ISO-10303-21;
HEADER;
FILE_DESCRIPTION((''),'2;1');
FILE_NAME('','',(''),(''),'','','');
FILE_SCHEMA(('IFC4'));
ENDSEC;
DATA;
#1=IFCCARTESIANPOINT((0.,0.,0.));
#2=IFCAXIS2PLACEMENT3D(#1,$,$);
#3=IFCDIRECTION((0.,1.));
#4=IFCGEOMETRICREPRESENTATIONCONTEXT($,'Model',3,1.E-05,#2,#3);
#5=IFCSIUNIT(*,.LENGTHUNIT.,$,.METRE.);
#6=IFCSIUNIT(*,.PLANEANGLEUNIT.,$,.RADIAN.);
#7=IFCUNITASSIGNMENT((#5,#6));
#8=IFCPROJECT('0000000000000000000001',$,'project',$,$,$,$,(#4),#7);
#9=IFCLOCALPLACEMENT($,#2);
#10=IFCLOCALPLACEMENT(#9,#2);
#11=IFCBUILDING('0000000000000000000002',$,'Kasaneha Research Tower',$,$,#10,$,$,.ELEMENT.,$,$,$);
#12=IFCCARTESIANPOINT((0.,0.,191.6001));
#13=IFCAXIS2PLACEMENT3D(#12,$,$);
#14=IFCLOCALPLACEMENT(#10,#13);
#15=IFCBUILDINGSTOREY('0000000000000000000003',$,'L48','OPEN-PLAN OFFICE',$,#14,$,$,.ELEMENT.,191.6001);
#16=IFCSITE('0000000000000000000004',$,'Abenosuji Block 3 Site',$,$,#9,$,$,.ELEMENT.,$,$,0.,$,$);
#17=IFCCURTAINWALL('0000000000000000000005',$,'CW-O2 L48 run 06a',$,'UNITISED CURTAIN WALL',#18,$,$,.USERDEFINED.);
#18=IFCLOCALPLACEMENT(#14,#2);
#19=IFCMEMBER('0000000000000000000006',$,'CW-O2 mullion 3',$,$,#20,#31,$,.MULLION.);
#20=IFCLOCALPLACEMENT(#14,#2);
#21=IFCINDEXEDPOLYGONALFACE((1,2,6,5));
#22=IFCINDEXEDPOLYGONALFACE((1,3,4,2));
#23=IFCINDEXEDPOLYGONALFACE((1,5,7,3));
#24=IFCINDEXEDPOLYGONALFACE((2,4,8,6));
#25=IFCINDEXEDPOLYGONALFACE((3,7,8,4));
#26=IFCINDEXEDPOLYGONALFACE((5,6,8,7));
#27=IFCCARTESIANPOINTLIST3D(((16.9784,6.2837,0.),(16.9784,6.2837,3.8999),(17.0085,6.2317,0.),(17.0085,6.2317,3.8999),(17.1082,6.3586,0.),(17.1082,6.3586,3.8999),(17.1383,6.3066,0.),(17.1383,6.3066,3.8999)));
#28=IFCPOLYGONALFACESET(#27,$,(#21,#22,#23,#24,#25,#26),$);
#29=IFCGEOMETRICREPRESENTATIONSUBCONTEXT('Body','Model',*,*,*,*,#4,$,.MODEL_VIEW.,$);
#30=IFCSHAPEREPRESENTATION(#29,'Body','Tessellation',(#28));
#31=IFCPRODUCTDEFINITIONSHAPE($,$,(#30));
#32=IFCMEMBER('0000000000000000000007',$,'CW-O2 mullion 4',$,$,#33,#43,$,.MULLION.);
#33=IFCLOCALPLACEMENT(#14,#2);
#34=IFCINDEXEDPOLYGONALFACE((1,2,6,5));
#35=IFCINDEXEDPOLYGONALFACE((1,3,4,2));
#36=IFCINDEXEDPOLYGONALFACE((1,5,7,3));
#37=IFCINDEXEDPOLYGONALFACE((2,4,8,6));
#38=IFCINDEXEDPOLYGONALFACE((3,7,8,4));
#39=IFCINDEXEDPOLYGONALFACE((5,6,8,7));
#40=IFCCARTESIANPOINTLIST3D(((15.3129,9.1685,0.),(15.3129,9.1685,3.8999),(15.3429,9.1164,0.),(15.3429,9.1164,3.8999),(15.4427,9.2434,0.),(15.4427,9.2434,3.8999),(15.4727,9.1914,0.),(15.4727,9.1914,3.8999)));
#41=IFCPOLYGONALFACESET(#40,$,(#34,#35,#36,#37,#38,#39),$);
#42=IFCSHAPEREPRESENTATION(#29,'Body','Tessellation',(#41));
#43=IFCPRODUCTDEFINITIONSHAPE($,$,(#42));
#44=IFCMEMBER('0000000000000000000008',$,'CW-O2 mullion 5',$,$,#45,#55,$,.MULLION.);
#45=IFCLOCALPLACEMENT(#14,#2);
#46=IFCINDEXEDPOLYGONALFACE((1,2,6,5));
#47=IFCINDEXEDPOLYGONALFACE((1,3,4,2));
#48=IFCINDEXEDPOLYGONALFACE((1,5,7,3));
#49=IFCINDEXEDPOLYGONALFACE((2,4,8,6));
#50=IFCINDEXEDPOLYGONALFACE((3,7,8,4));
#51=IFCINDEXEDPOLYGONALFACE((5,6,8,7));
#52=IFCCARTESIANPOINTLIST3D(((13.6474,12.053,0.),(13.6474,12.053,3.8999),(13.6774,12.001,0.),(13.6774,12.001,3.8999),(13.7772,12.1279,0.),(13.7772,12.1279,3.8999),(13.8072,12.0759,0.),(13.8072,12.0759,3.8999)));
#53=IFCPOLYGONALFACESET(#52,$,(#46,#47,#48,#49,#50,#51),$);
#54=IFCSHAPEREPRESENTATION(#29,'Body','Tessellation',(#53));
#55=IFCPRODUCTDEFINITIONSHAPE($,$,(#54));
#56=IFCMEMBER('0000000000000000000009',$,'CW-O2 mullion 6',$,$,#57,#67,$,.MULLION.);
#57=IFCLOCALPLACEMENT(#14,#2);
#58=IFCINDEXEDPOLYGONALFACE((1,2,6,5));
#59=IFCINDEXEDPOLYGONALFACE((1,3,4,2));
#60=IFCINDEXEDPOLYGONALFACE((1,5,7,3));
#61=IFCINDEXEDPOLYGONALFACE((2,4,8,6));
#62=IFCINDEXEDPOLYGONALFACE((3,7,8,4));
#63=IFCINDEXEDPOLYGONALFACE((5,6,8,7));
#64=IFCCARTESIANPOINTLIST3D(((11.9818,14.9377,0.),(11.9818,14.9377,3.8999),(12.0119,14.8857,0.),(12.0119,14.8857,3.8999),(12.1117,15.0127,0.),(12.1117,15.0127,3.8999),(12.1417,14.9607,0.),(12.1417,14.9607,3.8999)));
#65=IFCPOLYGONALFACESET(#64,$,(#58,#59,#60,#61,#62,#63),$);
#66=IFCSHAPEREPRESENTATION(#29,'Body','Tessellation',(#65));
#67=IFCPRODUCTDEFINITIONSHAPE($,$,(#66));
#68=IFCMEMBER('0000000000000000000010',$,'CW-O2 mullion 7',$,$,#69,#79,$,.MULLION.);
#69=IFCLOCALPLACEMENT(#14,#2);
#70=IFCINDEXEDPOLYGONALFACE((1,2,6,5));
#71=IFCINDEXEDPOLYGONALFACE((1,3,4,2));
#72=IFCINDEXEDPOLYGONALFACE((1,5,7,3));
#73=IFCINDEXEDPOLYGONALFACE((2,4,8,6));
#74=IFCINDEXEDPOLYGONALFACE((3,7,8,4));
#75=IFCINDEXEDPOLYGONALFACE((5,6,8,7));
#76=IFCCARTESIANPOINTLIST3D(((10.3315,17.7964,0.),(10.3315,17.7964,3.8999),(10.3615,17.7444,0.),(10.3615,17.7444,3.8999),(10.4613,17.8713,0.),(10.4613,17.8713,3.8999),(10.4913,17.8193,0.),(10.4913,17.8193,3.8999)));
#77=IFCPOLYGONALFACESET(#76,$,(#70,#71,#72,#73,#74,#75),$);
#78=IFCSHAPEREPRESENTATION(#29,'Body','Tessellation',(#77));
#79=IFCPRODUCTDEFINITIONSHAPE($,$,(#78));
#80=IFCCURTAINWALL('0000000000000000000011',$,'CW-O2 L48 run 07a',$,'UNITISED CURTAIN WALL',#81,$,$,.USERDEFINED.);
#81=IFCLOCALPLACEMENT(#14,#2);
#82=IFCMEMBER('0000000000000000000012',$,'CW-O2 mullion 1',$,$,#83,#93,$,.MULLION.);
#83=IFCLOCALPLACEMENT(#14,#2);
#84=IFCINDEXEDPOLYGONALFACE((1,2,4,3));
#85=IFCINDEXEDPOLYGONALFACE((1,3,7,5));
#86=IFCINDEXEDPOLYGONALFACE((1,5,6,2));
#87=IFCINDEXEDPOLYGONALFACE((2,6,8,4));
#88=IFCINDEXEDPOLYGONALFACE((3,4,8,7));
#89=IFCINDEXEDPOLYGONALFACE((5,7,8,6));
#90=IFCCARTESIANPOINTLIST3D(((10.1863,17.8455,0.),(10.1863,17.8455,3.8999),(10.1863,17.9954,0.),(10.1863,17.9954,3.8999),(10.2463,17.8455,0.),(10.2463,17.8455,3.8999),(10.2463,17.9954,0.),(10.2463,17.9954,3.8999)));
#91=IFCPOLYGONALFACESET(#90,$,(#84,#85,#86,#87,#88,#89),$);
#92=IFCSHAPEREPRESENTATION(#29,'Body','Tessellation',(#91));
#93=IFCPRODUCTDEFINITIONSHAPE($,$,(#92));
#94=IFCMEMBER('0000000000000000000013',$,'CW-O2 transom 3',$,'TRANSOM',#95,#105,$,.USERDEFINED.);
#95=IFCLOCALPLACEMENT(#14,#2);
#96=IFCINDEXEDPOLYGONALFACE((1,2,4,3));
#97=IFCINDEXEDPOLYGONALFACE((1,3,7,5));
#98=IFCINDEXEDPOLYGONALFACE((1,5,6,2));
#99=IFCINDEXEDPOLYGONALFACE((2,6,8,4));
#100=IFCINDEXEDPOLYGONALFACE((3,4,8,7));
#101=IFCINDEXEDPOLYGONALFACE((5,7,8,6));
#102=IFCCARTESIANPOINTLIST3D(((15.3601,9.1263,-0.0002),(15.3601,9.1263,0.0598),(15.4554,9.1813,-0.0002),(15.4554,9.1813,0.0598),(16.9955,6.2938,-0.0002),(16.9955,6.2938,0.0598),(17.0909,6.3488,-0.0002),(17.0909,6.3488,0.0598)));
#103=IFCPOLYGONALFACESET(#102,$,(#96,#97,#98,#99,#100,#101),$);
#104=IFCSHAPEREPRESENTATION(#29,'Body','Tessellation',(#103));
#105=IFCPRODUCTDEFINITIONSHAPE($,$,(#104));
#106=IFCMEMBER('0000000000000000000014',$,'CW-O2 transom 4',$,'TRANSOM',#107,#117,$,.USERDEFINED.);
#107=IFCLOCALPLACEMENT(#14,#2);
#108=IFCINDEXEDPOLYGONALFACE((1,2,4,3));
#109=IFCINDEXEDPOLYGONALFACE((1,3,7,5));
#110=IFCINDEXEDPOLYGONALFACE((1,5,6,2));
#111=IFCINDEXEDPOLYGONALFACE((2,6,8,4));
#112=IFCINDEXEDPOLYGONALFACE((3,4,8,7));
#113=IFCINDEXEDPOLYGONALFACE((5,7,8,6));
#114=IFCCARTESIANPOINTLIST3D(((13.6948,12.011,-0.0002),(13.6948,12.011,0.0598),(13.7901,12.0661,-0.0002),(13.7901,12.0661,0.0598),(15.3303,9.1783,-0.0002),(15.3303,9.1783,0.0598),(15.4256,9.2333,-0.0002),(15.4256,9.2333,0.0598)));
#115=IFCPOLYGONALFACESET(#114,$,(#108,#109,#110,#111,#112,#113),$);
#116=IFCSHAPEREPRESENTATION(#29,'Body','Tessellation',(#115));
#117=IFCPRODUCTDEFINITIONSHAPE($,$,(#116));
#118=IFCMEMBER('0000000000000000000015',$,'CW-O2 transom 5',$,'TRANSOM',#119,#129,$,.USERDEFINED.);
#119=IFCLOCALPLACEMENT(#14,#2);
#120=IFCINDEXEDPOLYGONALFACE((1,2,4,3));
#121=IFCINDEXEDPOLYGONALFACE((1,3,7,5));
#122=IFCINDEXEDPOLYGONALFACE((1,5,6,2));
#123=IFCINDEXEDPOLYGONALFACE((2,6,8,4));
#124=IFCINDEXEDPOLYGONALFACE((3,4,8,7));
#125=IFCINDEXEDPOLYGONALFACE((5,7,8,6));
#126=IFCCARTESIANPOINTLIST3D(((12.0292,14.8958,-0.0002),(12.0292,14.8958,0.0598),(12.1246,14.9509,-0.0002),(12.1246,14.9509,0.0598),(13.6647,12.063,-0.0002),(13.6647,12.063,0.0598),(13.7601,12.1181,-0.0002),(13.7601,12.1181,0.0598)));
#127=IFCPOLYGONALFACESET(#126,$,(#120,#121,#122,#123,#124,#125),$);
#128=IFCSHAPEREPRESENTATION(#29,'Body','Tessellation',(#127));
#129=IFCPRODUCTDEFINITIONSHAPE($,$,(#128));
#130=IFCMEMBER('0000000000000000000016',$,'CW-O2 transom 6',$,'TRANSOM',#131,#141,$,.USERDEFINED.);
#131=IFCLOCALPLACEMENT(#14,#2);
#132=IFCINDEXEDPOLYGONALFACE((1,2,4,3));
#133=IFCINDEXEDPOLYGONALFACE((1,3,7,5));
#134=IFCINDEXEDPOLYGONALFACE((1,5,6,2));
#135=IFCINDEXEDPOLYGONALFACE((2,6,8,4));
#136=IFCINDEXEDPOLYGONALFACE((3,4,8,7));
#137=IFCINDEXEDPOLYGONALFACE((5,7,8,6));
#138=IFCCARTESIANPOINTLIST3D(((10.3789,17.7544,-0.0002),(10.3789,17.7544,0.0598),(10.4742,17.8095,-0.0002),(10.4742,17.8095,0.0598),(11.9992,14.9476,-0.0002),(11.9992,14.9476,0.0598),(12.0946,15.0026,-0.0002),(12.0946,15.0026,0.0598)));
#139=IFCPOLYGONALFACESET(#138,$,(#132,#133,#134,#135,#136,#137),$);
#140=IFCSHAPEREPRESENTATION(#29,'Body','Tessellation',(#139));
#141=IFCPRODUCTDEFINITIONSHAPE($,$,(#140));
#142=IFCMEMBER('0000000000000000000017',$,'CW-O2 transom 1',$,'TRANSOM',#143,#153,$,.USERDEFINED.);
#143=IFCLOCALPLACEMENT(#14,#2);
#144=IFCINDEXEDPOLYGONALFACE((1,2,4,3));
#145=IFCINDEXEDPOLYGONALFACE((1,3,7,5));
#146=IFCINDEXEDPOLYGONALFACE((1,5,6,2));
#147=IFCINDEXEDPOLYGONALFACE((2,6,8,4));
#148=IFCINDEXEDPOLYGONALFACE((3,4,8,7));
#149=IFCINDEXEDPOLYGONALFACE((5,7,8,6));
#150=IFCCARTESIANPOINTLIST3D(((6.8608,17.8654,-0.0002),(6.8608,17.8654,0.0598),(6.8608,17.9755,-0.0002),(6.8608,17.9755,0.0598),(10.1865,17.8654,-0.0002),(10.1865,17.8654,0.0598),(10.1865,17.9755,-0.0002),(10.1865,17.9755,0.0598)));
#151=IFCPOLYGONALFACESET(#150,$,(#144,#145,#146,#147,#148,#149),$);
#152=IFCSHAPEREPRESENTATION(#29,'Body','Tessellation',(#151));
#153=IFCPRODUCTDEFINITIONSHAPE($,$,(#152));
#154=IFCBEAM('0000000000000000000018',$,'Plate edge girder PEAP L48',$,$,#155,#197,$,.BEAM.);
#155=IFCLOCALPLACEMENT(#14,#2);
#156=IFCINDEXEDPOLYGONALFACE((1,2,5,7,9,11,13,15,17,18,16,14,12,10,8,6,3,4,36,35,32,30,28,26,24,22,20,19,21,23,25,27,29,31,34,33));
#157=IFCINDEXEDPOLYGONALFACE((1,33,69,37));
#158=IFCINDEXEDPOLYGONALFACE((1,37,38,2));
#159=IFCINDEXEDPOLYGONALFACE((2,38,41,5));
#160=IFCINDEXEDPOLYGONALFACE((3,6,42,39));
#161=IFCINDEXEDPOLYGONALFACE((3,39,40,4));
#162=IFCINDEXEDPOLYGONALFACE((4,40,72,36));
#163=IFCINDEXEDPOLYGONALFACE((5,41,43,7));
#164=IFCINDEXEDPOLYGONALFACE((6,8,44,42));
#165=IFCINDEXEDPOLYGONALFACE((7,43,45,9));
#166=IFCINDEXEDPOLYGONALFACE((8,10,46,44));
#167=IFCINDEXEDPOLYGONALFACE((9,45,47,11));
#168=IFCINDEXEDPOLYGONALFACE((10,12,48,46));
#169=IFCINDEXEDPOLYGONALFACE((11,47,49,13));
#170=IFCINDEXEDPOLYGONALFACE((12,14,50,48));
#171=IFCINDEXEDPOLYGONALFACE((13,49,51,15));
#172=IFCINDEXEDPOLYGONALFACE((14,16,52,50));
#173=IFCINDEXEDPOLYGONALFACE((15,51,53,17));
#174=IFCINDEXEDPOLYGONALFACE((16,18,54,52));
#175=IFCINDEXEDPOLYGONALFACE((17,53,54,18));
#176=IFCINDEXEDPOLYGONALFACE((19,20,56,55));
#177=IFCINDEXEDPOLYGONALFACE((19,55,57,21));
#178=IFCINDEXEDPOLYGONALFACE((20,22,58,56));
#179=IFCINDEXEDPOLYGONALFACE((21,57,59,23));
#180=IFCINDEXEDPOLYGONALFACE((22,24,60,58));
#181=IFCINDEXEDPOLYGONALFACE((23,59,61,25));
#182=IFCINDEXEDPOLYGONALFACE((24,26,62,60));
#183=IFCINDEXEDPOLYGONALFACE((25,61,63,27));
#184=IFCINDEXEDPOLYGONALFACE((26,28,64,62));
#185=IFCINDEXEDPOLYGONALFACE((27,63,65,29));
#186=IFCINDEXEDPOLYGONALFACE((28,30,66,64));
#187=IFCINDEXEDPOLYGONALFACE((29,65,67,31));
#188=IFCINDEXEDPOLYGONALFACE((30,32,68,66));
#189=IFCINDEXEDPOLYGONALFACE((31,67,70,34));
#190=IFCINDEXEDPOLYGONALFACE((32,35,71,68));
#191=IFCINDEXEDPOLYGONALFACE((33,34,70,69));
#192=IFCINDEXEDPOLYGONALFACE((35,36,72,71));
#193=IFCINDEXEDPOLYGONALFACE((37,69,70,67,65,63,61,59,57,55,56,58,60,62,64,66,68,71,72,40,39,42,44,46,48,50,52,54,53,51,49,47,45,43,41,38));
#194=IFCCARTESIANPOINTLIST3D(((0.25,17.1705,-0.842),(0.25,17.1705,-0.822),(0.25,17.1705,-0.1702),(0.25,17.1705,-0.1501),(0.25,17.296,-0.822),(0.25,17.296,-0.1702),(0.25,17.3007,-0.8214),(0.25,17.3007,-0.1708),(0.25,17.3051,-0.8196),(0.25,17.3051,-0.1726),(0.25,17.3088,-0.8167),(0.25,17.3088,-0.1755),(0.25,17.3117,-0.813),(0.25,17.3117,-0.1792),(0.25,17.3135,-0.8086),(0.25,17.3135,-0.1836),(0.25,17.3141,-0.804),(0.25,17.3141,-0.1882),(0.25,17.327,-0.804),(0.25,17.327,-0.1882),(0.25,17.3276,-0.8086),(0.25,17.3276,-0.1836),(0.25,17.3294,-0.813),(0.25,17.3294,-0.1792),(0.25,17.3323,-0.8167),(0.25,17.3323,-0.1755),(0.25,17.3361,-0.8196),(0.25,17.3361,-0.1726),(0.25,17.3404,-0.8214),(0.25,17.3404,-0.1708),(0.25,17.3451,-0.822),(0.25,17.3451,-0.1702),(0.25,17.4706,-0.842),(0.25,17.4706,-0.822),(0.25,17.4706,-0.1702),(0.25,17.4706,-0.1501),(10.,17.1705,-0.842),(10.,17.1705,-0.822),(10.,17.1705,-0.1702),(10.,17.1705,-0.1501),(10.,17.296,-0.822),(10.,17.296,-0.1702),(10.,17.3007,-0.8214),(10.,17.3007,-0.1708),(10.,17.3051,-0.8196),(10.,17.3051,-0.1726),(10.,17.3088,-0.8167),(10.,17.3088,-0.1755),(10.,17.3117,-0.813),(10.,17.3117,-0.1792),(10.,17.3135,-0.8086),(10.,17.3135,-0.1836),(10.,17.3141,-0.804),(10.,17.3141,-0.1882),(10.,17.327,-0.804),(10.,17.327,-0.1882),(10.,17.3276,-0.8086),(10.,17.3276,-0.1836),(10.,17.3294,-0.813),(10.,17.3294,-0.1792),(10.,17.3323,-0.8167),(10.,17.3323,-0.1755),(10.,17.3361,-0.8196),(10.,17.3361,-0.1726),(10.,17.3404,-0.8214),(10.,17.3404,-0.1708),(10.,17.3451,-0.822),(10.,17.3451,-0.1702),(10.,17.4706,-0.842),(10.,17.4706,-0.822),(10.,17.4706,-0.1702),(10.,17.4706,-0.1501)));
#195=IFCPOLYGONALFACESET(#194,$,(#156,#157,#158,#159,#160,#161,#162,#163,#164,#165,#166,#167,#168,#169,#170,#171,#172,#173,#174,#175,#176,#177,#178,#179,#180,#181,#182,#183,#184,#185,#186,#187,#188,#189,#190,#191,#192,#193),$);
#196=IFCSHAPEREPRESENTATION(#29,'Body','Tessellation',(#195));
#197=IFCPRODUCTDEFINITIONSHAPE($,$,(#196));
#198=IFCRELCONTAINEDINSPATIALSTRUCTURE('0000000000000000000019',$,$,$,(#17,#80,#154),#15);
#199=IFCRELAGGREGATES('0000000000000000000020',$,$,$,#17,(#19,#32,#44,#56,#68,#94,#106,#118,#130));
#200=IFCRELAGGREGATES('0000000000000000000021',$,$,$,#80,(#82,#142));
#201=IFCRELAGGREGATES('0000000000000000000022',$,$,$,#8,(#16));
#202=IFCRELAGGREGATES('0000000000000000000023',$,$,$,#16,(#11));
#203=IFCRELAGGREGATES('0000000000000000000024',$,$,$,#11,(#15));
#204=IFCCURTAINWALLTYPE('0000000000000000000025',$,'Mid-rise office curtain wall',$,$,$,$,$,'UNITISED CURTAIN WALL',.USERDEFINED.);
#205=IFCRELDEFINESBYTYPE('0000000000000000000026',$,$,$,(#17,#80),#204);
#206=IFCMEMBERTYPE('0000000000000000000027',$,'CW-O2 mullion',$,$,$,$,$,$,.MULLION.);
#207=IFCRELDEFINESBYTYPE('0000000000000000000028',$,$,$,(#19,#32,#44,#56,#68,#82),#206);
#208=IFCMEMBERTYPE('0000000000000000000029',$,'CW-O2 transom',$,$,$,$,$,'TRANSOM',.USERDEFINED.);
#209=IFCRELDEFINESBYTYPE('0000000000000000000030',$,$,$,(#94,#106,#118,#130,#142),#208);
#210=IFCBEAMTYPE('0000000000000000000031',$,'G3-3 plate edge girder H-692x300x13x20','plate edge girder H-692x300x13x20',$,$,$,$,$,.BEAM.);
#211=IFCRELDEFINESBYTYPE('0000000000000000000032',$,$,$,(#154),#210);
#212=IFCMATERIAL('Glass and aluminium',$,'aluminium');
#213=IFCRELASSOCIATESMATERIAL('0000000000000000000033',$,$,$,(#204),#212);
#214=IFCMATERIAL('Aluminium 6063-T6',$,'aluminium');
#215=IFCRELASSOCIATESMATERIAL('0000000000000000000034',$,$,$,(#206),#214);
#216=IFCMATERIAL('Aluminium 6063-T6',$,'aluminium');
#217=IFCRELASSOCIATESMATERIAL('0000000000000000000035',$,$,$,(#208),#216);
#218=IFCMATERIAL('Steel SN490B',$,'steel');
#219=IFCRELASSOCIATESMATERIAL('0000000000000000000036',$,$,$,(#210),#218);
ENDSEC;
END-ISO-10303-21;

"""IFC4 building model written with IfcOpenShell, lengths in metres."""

from ifc_helpers import new_model, si_unit, direction, frame, origin, origin_2d, place, context, subcontext, project, spatial, rectangle, i_section, extrude, material, material_profile, profile_set, type_object, element, aggregate, save


model = new_model("IFC4")

# Units and contexts
model_context = context("Model", 3, precision=1e-05, world=origin(), true_north=direction((0.0, 1.0)))
body_context = subcontext(model_context, "Body", "Model", "MODEL_VIEW")
ifc_project = project(units=[si_unit("LENGTHUNIT", "METRE"), si_unit("PLANEANGLEUNIT", "RADIAN")], contexts=[model_context])

# Site, building, storey
site_placement = place(None, origin())
site = spatial("IfcSite", under=ifc_project, at=site_placement, Name="Abenosuji Block 3 Site", CompositionType="ELEMENT", RefElevation=0.0)
building_placement = place(site_placement, origin())
building = spatial("IfcBuilding", under=site, at=building_placement, Name="Kasaneha Research Tower", CompositionType="ELEMENT")
storey_placement = place(building_placement, frame((0.0, 0.0, 191.6001)))
storey = spatial("IfcBuildingStorey", under=building, at=storey_placement, Name="L48", Description="OPEN-PLAN OFFICE", CompositionType="ELEMENT", Elevation=191.6001)

# Curtain wall, members
ifc_material_1 = material(Name="Glass and aluminium", Category="aluminium")
curtain_wall_type = type_object("IfcCurtainWallType", Name="Mid-rise office curtain wall", ElementType="UNITISED CURTAIN WALL", PredefinedType="USERDEFINED", material=ifc_material_1)
curtain_wall_1_placement = place(storey_placement, origin())
curtain_wall_1 = element("IfcCurtainWall", 1, at=curtain_wall_1_placement, inside=storey, type_object=curtain_wall_type, Name="CW-O2 L48 run 06a", ObjectType="UNITISED CURTAIN WALL", PredefinedType="USERDEFINED")
ifc_material_2 = material(Name="Aluminium 6063-T6", Category="aluminium")
ifc_material_profile_1 = material_profile(ifc_material_2, rectangle(XDim=0.0601, YDim=0.1499, at=origin_2d()), Name="CW-O2 mullion 60x150")
ifc_profile_set_1 = profile_set([ifc_material_profile_1], Name="Aluminium 6063-T6")
member_type_1 = type_object("IfcMemberType", Name="CW-O2 mullion", PredefinedType="MULLION", material=ifc_profile_set_1)
member_1_placement = place(storey_placement, frame((17.0583, 6.2952, 0.0), z_axis=(0.0, 0.0, 1.0), x_axis=(-0.5, 0.866025, 0.0)))
member_1 = element("IfcMember", 2, at=member_1_placement, type_object=member_type_1, Name="CW-O2 mullion 3", PredefinedType="MULLION", context=body_context, shape_type="SweptSolid", body=[
    extrude(rectangle(XDim=0.0601, YDim=0.1499, at=origin_2d()), origin(), (0.0, 0.0, 1.0), 3.8999),
])
member_2_placement = place(storey_placement, frame((15.3928, 9.1799, 0.0), z_axis=(0.0, 0.0, 1.0), x_axis=(-0.5, 0.866025, 0.0)))
member_2 = element("IfcMember", 3, at=member_2_placement, type_object=member_type_1, Name="CW-O2 mullion 4", PredefinedType="MULLION", context=body_context, shape_type="SweptSolid", body=[
    extrude(rectangle(XDim=0.0601, YDim=0.1499, at=origin_2d()), origin(), (0.0, 0.0, 1.0), 3.8999),
])
member_3_placement = place(storey_placement, frame((13.7273, 12.0645, 0.0), z_axis=(0.0, 0.0, 1.0), x_axis=(-0.5, 0.866025, 0.0)))
member_3 = element("IfcMember", 4, at=member_3_placement, type_object=member_type_1, Name="CW-O2 mullion 5", PredefinedType="MULLION", context=body_context, shape_type="SweptSolid", body=[
    extrude(rectangle(XDim=0.0601, YDim=0.1499, at=origin_2d()), origin(), (0.0, 0.0, 1.0), 3.8999),
])
member_4_placement = place(storey_placement, frame((12.0618, 14.9492, 0.0), z_axis=(0.0, 0.0, 1.0), x_axis=(-0.5, 0.866025, 0.0)))
member_4 = element("IfcMember", 5, at=member_4_placement, type_object=member_type_1, Name="CW-O2 mullion 6", PredefinedType="MULLION", context=body_context, shape_type="SweptSolid", body=[
    extrude(rectangle(XDim=0.0601, YDim=0.1499, at=origin_2d()), origin(), (0.0, 0.0, 1.0), 3.8999),
])
member_5_placement = place(storey_placement, frame((10.4114, 17.8079, 0.0), z_axis=(0.0, 0.0, 1.0), x_axis=(-0.5, 0.866025, 0.0)))
member_5 = element("IfcMember", 6, at=member_5_placement, type_object=member_type_1, Name="CW-O2 mullion 7", PredefinedType="MULLION", context=body_context, shape_type="SweptSolid", body=[
    extrude(rectangle(XDim=0.0601, YDim=0.1499, at=origin_2d()), origin(), (0.0, 0.0, 1.0), 3.8999),
])

# Curtain wall, member
curtain_wall_2_placement = place(storey_placement, origin())
curtain_wall_2 = element("IfcCurtainWall", 7, at=curtain_wall_2_placement, inside=storey, type_object=curtain_wall_type, Name="CW-O2 L48 run 07a", ObjectType="UNITISED CURTAIN WALL", PredefinedType="USERDEFINED")
member_6_placement = place(storey_placement, frame((10.2163, 17.9204, 0.0), z_axis=(0.0, 0.0, 1.0), x_axis=(-1.0, 0.0, 0.0)))
member_6 = element("IfcMember", 8, at=member_6_placement, type_object=member_type_1, Name="CW-O2 mullion 1", PredefinedType="MULLION", context=body_context, shape_type="SweptSolid", body=[
    extrude(rectangle(XDim=0.0601, YDim=0.1499, at=origin_2d()), origin(), (0.0, 0.0, 1.0), 3.8999),
])

# Members
ifc_material_3 = material(Name="Aluminium 6063-T6", Category="aluminium")
ifc_material_profile_2 = material_profile(ifc_material_3, rectangle(XDim=0.1101, YDim=0.0601, at=origin_2d()), Name="CW-O2 transom 110x60")
ifc_profile_set_2 = profile_set([ifc_material_profile_2], Name="Aluminium 6063-T6")
member_type_2 = type_object("IfcMemberType", Name="CW-O2 transom", ElementType="TRANSOM", PredefinedType="USERDEFINED", material=ifc_profile_set_2)
member_7_placement = place(storey_placement, frame((17.0432, 6.3213, 0.0298), z_axis=(-0.500033, 0.866007, 0.0), x_axis=(-0.866007, -0.500033, 0.0)))
member_7 = element("IfcMember", 9, at=member_7_placement, type_object=member_type_2, Name="CW-O2 transom 3", ObjectType="TRANSOM", PredefinedType="USERDEFINED", context=body_context, shape_type="SweptSolid", body=[
    extrude(rectangle(XDim=0.1101, YDim=0.0601, at=origin_2d()), origin(), (0.0, 0.0, 1.0), 3.2708),
])
member_8_placement = place(storey_placement, frame((15.3779, 9.2058, 0.0298), z_axis=(-0.5, 0.866025, 0.0), x_axis=(-0.866025, -0.5, 0.0)))
member_8 = element("IfcMember", 10, at=member_8_placement, type_object=member_type_2, Name="CW-O2 transom 4", ObjectType="TRANSOM", PredefinedType="USERDEFINED", context=body_context, shape_type="SweptSolid", body=[
    extrude(rectangle(XDim=0.1101, YDim=0.0601, at=origin_2d()), origin(), (0.0, 0.0, 1.0), 3.271),
])
member_9_placement = place(storey_placement, frame((13.7124, 12.0906, 0.0298), z_axis=(-0.5, 0.866025, 0.0), x_axis=(-0.866025, -0.5, 0.0)))
member_9 = element("IfcMember", 11, at=member_9_placement, type_object=member_type_2, Name="CW-O2 transom 5", ObjectType="TRANSOM", PredefinedType="USERDEFINED", context=body_context, shape_type="SweptSolid", body=[
    extrude(rectangle(XDim=0.1101, YDim=0.0601, at=origin_2d()), origin(), (0.0, 0.0, 1.0), 3.271),
])
member_10_placement = place(storey_placement, frame((12.0469, 14.9751, 0.0298), z_axis=(-0.499955, 0.866051, 0.0), x_axis=(-0.866051, -0.499955, 0.0)))
member_10 = element("IfcMember", 12, at=member_10_placement, type_object=member_type_2, Name="CW-O2 transom 6", ObjectType="TRANSOM", PredefinedType="USERDEFINED", context=body_context, shape_type="SweptSolid", body=[
    extrude(rectangle(XDim=0.1101, YDim=0.0601, at=origin_2d()), origin(), (0.0, 0.0, 1.0), 3.241),
])
member_11_placement = place(storey_placement, frame((10.1865, 17.9204, 0.0298), z_axis=(-1.0, 0.0, 0.0), x_axis=(0.0, -1.0, 0.0)))
member_11 = element("IfcMember", 13, at=member_11_placement, type_object=member_type_2, Name="CW-O2 transom 1", ObjectType="TRANSOM", PredefinedType="USERDEFINED", context=body_context, shape_type="SweptSolid", body=[
    extrude(rectangle(XDim=0.1101, YDim=0.0601, at=origin_2d()), origin(), (0.0, 0.0, 1.0), 3.3257),
])

# Beam
ifc_material_4 = material(Name="Steel SN490B", Category="steel")
ifc_material_profile_3 = material_profile(ifc_material_4, i_section(OverallWidth=0.3, OverallDepth=0.6919, WebThickness=0.0129, FlangeThickness=0.02, FilletRadius=0.0181, at=origin_2d()), Name="H-692x300x13x20")
ifc_profile_set_3 = profile_set([ifc_material_profile_3], Name="Steel SN490B")
beam_type_1 = type_object("IfcBeamType", Name="G3-3 plate edge girder H-692x300x13x20", Description="plate edge girder H-692x300x13x20", PredefinedType="BEAM", material=ifc_profile_set_3)
beam_1_placement = place(storey_placement, frame((10.0, 17.3206, -0.4961), z_axis=(-1.0, 0.0, 0.0), x_axis=(0.0, -1.0, 0.0)))
element("IfcBeam", 14, at=beam_1_placement, inside=storey, type_object=beam_type_1, Name="Plate edge girder PEAP L48", PredefinedType="BEAM", context=body_context, shape_type="SweptSolid", body=[
    extrude(i_section(OverallWidth=0.3, OverallDepth=0.6919, WebThickness=0.0129, FlangeThickness=0.02, FilletRadius=0.0181, at=origin_2d()), origin(), (0.0, 0.0, 1.0), 9.75),
])

aggregate(curtain_wall_1, [member_1, member_2, member_3, member_4, member_5, member_7, member_8, member_9, member_10])
aggregate(curtain_wall_2, [member_6, member_11])

save(model, "model.ifc")
